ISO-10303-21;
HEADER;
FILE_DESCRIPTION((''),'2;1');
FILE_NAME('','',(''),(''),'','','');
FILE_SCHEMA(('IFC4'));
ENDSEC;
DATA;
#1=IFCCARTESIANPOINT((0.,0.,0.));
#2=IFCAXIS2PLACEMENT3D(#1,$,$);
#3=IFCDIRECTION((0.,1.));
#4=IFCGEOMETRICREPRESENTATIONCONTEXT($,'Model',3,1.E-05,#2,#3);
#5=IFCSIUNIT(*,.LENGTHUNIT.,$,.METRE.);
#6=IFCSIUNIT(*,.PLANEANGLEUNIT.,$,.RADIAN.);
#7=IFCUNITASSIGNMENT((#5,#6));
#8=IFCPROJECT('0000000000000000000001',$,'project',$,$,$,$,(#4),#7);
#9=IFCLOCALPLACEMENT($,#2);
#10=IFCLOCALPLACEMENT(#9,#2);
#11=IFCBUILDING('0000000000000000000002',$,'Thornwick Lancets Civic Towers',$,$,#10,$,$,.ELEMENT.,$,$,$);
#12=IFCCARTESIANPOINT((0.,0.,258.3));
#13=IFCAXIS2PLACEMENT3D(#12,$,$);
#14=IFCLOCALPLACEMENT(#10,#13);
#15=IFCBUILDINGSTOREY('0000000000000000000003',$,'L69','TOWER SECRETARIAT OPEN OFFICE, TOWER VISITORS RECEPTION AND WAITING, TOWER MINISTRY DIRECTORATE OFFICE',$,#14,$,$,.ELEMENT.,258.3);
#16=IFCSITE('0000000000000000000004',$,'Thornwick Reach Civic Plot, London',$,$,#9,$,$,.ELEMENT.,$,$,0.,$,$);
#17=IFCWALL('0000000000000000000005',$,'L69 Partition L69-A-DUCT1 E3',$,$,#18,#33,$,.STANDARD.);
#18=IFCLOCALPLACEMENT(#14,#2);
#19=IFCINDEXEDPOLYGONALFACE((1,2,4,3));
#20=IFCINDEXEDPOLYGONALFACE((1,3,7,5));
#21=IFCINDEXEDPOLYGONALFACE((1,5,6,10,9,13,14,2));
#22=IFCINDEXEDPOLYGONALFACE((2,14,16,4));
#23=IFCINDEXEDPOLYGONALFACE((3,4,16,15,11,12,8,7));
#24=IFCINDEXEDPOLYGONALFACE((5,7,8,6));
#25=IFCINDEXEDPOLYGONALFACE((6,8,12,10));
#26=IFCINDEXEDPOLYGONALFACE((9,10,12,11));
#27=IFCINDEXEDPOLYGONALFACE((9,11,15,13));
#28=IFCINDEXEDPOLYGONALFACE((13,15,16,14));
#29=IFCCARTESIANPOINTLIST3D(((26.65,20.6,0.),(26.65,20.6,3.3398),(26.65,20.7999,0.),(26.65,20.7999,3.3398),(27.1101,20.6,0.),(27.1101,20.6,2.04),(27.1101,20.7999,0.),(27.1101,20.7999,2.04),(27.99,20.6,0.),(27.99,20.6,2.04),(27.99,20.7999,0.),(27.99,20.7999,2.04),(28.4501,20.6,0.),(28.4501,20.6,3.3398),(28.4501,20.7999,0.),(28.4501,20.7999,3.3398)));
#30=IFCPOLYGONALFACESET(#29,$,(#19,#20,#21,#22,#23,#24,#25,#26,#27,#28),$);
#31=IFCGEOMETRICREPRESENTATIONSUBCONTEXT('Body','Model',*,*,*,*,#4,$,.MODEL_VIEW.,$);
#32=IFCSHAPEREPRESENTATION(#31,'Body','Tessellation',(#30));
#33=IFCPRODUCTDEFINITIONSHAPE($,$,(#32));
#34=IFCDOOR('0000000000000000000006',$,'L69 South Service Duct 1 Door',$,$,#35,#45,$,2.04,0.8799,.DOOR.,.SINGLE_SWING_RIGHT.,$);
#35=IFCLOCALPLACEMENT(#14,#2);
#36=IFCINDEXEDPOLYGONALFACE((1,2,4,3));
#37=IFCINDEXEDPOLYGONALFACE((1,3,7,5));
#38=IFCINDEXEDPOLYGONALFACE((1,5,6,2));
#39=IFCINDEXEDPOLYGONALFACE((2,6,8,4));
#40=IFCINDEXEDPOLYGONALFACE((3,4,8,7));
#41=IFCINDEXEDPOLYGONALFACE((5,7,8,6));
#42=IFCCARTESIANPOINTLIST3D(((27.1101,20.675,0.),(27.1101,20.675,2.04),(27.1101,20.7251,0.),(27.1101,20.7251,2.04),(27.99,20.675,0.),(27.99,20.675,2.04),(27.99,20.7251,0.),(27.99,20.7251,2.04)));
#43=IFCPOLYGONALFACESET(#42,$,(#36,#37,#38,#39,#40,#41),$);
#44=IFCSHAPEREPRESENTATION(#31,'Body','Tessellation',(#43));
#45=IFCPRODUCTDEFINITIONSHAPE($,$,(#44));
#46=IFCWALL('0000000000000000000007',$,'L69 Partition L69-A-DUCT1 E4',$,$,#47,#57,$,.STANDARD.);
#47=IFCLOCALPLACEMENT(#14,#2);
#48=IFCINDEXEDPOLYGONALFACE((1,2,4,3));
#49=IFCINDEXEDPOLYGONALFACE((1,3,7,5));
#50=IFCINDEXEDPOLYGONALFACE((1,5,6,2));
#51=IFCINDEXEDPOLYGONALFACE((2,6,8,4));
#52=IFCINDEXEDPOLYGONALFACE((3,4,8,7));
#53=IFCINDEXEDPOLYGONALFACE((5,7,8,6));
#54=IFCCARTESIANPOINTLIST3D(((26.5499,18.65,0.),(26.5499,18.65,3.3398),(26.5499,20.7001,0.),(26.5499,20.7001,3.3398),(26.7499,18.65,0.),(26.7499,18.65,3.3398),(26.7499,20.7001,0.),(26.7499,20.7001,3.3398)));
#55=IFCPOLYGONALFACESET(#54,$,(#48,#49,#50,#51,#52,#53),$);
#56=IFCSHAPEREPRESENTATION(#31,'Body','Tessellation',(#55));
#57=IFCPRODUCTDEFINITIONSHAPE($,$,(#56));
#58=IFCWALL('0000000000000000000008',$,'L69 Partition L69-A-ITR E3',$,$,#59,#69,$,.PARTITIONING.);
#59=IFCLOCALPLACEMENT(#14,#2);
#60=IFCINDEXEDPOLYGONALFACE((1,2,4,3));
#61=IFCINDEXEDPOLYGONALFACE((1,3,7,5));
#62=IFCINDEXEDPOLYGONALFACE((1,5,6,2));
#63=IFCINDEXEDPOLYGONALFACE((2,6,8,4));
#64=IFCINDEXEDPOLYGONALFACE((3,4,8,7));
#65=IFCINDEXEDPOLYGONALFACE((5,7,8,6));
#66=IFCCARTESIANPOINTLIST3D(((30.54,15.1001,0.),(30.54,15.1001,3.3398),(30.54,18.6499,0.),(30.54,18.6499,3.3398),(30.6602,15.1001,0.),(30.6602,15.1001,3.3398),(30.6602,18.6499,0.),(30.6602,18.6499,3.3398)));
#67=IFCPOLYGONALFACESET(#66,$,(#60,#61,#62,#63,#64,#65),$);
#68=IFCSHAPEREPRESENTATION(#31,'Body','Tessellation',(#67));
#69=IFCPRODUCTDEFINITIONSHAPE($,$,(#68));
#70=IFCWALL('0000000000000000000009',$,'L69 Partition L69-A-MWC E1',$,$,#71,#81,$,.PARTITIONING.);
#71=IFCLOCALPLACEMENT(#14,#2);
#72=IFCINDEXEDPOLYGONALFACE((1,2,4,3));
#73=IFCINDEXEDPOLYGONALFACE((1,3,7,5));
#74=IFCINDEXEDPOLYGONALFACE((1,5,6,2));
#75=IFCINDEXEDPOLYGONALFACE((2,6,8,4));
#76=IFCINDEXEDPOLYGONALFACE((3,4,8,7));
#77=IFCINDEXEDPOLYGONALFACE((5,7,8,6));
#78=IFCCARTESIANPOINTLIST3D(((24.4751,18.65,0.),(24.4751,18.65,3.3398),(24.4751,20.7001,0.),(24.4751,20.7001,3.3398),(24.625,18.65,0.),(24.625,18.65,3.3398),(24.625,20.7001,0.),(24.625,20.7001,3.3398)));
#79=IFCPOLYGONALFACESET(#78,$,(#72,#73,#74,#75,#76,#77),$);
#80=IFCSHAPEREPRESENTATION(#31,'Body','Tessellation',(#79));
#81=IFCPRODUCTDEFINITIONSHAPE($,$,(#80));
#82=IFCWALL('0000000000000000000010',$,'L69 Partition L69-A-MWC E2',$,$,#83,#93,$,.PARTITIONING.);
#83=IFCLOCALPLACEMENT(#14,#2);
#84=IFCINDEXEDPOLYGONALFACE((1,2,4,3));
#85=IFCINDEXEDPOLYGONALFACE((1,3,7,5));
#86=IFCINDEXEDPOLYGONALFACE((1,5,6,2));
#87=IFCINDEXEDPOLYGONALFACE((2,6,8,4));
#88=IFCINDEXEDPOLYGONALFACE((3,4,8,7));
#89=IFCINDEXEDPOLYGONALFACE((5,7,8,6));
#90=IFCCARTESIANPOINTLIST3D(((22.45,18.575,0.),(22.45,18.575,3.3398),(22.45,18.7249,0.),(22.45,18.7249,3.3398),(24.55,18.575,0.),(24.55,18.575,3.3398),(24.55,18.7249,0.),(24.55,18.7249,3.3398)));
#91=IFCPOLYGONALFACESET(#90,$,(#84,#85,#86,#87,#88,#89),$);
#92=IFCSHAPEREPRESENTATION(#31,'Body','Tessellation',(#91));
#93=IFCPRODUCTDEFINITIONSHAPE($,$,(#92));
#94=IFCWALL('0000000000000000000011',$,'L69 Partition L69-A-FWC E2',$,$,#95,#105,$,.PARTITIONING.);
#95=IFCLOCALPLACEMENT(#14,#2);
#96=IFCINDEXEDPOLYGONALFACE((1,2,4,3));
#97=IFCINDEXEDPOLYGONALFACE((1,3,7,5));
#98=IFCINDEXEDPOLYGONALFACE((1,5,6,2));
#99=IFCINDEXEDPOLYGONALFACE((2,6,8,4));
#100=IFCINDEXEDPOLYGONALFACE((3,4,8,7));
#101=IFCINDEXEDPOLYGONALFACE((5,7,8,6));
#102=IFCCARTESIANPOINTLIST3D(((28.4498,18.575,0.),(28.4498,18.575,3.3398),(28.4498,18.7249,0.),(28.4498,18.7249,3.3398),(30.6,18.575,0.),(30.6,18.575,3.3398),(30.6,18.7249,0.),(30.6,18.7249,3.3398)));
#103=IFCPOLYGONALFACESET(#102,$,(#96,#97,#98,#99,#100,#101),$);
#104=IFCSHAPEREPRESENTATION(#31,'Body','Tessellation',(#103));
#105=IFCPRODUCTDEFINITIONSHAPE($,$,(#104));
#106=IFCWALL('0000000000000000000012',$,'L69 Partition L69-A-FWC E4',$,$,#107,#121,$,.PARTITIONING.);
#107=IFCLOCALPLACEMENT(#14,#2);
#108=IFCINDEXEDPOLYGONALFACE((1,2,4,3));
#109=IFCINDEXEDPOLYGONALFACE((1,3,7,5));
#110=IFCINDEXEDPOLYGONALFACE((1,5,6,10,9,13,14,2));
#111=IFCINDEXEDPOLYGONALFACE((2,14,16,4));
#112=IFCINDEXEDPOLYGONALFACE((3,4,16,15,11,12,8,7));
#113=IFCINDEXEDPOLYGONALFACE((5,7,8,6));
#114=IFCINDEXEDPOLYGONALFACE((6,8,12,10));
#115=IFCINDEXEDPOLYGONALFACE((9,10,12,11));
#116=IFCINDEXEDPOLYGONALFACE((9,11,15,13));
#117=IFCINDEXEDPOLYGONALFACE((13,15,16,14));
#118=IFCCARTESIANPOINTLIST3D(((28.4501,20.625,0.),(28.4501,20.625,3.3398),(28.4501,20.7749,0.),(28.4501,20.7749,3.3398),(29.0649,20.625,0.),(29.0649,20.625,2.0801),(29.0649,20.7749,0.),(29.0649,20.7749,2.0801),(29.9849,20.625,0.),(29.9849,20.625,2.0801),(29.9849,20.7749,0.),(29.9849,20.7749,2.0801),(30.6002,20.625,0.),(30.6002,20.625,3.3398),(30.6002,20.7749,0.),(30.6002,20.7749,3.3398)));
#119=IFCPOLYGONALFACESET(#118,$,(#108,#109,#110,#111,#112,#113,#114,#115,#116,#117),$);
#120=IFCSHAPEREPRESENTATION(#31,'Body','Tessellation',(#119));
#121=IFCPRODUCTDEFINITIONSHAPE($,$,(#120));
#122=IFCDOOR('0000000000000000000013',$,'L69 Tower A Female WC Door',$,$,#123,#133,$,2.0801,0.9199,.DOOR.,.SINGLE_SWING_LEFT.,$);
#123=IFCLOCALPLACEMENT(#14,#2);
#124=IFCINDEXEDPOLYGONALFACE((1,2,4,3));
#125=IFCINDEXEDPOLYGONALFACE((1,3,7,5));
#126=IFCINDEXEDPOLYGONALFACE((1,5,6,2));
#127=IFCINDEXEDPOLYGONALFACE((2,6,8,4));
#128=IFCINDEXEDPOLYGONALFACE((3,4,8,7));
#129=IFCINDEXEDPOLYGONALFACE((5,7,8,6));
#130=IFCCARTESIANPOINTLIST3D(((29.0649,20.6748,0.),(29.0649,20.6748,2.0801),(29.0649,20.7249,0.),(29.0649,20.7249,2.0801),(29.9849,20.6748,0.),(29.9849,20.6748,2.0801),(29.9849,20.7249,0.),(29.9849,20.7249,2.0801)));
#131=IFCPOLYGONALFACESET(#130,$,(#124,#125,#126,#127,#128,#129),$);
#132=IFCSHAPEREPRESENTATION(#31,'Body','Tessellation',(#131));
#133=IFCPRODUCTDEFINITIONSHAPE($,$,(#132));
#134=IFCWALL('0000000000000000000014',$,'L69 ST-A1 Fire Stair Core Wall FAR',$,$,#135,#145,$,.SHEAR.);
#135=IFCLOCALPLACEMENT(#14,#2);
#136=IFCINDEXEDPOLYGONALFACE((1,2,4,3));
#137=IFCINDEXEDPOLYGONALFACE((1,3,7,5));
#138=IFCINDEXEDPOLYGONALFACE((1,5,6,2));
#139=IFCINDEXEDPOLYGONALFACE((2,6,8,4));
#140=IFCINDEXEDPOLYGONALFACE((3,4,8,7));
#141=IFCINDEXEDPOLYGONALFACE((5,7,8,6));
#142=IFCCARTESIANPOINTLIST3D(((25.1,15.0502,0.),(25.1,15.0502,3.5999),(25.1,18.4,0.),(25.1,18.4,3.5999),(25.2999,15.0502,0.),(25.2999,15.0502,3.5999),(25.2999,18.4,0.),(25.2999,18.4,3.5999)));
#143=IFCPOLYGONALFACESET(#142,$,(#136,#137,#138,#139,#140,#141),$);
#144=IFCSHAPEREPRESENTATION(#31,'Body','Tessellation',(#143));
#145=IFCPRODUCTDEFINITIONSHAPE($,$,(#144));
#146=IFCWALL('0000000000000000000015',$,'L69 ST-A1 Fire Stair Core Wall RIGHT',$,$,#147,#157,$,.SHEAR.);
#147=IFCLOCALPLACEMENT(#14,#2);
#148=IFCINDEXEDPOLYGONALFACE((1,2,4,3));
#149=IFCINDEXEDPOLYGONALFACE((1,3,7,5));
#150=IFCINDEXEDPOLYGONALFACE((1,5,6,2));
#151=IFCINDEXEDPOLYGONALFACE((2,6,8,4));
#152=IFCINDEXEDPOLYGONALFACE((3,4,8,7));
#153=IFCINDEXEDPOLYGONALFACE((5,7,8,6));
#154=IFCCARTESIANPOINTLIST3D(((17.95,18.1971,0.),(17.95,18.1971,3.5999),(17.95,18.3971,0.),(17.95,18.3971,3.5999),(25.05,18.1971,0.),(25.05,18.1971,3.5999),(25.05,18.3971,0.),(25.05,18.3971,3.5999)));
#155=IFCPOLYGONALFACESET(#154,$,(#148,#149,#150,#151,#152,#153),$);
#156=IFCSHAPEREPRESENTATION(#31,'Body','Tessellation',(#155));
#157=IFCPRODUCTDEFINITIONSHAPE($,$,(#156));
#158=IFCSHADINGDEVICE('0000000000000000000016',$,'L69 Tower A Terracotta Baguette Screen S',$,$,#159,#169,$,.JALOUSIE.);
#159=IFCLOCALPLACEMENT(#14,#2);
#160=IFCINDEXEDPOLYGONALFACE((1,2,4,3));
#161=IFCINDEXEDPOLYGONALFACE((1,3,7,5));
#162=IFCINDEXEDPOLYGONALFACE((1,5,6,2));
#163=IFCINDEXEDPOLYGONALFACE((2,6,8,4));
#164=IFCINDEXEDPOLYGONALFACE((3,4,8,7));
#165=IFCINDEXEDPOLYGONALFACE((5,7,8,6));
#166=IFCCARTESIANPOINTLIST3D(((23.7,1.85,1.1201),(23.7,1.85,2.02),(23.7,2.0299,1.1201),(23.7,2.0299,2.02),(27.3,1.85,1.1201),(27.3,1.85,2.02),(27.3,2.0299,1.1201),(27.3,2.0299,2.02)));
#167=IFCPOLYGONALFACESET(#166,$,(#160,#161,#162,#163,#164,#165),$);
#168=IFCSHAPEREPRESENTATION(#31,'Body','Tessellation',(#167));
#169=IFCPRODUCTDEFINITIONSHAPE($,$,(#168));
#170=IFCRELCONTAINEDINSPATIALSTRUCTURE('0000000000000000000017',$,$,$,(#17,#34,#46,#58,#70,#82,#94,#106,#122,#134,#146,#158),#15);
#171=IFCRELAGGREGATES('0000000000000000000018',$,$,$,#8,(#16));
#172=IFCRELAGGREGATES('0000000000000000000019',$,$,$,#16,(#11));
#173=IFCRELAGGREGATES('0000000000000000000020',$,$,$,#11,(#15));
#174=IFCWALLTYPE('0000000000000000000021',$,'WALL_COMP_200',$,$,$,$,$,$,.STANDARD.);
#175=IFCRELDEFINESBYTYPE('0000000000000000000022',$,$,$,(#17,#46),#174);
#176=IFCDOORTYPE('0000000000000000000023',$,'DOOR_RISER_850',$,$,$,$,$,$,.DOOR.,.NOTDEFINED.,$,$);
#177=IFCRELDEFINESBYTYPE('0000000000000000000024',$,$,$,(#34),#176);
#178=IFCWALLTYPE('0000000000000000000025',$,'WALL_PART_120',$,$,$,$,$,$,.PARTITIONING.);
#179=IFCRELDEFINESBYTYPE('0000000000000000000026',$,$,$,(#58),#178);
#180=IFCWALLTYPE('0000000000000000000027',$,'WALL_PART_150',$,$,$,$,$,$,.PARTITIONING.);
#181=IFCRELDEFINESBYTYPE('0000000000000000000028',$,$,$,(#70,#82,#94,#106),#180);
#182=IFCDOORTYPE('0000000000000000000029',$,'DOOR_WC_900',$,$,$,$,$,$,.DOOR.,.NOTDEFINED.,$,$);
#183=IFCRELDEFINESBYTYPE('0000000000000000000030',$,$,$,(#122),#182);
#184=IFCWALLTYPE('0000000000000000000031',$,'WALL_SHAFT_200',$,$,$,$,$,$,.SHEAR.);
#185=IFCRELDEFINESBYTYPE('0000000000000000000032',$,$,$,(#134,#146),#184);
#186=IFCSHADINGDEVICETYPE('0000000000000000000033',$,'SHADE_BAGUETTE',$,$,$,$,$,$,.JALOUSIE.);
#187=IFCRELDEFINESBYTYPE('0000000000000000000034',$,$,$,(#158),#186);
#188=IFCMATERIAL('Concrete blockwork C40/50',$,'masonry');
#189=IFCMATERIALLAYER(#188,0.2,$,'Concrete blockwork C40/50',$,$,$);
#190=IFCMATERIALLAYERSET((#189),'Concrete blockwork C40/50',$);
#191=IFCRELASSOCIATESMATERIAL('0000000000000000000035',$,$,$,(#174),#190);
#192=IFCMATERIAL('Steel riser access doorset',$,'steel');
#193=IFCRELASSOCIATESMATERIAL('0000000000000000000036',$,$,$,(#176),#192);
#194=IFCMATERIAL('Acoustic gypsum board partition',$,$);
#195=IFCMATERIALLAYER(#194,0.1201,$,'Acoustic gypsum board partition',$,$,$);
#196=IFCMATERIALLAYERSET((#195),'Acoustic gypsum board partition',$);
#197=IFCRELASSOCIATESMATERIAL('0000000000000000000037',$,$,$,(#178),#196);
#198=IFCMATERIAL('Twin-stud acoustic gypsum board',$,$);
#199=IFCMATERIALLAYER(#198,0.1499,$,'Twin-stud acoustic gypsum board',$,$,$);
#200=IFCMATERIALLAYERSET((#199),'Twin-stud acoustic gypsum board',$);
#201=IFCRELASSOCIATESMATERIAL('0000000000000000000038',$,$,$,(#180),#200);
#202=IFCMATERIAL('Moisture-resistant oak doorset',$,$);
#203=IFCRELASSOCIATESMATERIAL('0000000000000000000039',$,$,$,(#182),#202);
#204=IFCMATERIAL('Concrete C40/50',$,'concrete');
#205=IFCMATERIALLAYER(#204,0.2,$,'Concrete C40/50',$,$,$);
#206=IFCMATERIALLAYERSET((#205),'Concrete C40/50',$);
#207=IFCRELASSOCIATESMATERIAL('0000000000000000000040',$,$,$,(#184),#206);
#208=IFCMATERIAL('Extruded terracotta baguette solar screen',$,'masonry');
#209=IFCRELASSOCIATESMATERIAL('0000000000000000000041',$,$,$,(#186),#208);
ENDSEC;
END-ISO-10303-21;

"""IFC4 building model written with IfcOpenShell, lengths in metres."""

from ifc_helpers import new_model, si_unit, direction, frame, frame_2d, origin, origin_2d, place, context, subcontext, project, spatial, rectangle, extrude, material, layer, layer_set, type_object, element, fill, save


model = new_model("IFC4")

# Units and contexts
model_context = context("Model", 3, precision=1e-05, world=origin(), true_north=direction((0.0, 1.0)))
body_context = subcontext(model_context, "Body", "Model", "MODEL_VIEW")
ifc_project = project(units=[si_unit("LENGTHUNIT", "METRE"), si_unit("PLANEANGLEUNIT", "RADIAN")], contexts=[model_context])

# Site, building, storey
site_placement = place(None, origin())
site = spatial("IfcSite", under=ifc_project, at=site_placement, Name="Thornwick Reach Civic Plot, London", CompositionType="ELEMENT", RefElevation=0.0)
building_placement = place(site_placement, origin())
building = spatial("IfcBuilding", under=site, at=building_placement, Name="Thornwick Lancets Civic Towers", CompositionType="ELEMENT")
storey_placement = place(building_placement, frame((0.0, 0.0, 258.3)))
storey = spatial("IfcBuildingStorey", under=building, at=storey_placement, Name="L69", Description="TOWER SECRETARIAT OPEN OFFICE, TOWER VISITORS RECEPTION AND WAITING, TOWER MINISTRY DIRECTORATE OFFICE", CompositionType="ELEMENT", Elevation=258.3)

# Shared definitions
ifc_material_1 = material(Name="Concrete blockwork C40/50", Category="masonry")
ifc_layer_1 = layer(ifc_material_1, 0.2, Name="Concrete blockwork C40/50")
ifc_layer_set_1 = layer_set([ifc_layer_1], Name="Concrete blockwork C40/50")
wall_type_1 = type_object("IfcWallType", Name="WALL_COMP_200", PredefinedType="STANDARD", material=ifc_layer_set_1)

# Wall, opening, door
wall_1_placement = place(storey_placement, frame((28.45, 20.7, 0.0), z_axis=(0.0, 0.0, 1.0), x_axis=(-1.0, 0.0, 0.0)))
wall_1 = element("IfcWall", 1, at=wall_1_placement, inside=storey, type_object=wall_type_1, Name="L69 Partition L69-A-DUCT1 E3", PredefinedType="STANDARD", context=body_context, shape_type="SweptSolid", body=[
    extrude(rectangle(XDim=1.8, YDim=0.2, at=frame_2d((0.8999, 0.0))), origin(), (0.0, 0.0, 1.0), 3.3398),
])
opening_1_placement = place(wall_1_placement, frame((0.46, 0.0, 0.0)))
opening_1 = element("IfcOpeningElement", 2, at=opening_1_placement, cuts=wall_1, PredefinedType="OPENING", context=body_context, shape_type="SweptSolid", body=[
    extrude(rectangle(XDim=0.8799, YDim=2.04, at=frame_2d((0.4399, 1.02))), frame((0.0, 0.1099, 0.0), z_axis=(0.0, -1.0, 0.0), x_axis=(1.0, 0.0, 0.0)), (0.0, 0.0, 1.0), 0.22),
])
ifc_material_2 = material(Name="Steel riser access doorset", Category="steel")
door_type_1 = type_object("IfcDoorType", Name="DOOR_RISER_850", OperationType="NOTDEFINED", PredefinedType="DOOR", material=ifc_material_2)
door_1_placement = place(opening_1_placement, origin())
door_1 = element("IfcDoor", 3, at=door_1_placement, inside=storey, type_object=door_type_1, Name="L69 South Service Duct 1 Door", OperationType="SINGLE_SWING_RIGHT", OverallHeight=2.04, OverallWidth=0.8799, PredefinedType="DOOR", context=body_context, shape_type="SweptSolid", body=[
    extrude(rectangle(XDim=0.8799, YDim=2.04, at=frame_2d((0.4399, 1.02))), frame((0.0, 0.0249, 0.0), z_axis=(0.0, -1.0, 0.0), x_axis=(1.0, 0.0, 0.0)), (0.0, 0.0, 1.0), 0.05),
])
fill(opening_1, door_1)

# Walls
wall_2_placement = place(storey_placement, frame((26.6499, 20.7, 0.0), z_axis=(0.0, 0.0, 1.0), x_axis=(0.0, -1.0, 0.0)))
element("IfcWall", 4, at=wall_2_placement, inside=storey, type_object=wall_type_1, Name="L69 Partition L69-A-DUCT1 E4", PredefinedType="STANDARD", context=body_context, shape_type="SweptSolid", body=[
    extrude(rectangle(XDim=2.05, YDim=0.2, at=frame_2d((1.0249, 0.0))), origin(), (0.0, 0.0, 1.0), 3.3398),
])
ifc_material_3 = material(Name="Acoustic gypsum board partition")
ifc_layer_2 = layer(ifc_material_3, 0.1201, Name="Acoustic gypsum board partition")
ifc_layer_set_2 = layer_set([ifc_layer_2], Name="Acoustic gypsum board partition")
wall_type_2 = type_object("IfcWallType", Name="WALL_PART_120", PredefinedType="PARTITIONING", material=ifc_layer_set_2)
wall_3_placement = place(storey_placement, frame((30.6001, 15.1001, 0.0), z_axis=(0.0, 0.0, 1.0), x_axis=(0.0, 1.0, 0.0)))
element("IfcWall", 5, at=wall_3_placement, inside=storey, type_object=wall_type_2, Name="L69 Partition L69-A-ITR E3", PredefinedType="PARTITIONING", context=body_context, shape_type="SweptSolid", body=[
    extrude(rectangle(XDim=3.5498, YDim=0.1201, at=frame_2d((1.7749, 0.0))), origin(), (0.0, 0.0, 1.0), 3.3398),
])
ifc_material_4 = material(Name="Twin-stud acoustic gypsum board")
ifc_layer_3 = layer(ifc_material_4, 0.1499, Name="Twin-stud acoustic gypsum board")
ifc_layer_set_3 = layer_set([ifc_layer_3], Name="Twin-stud acoustic gypsum board")
wall_type_3 = type_object("IfcWallType", Name="WALL_PART_150", PredefinedType="PARTITIONING", material=ifc_layer_set_3)
wall_4_placement = place(storey_placement, frame((24.55, 20.7, 0.0), z_axis=(0.0, 0.0, 1.0), x_axis=(0.0, -1.0, 0.0)))
element("IfcWall", 6, at=wall_4_placement, inside=storey, type_object=wall_type_3, Name="L69 Partition L69-A-MWC E1", PredefinedType="PARTITIONING", context=body_context, shape_type="SweptSolid", body=[
    extrude(rectangle(XDim=2.05, YDim=0.1499, at=frame_2d((1.0249, 0.0))), origin(), (0.0, 0.0, 1.0), 3.3398),
])
wall_5_placement = place(storey_placement, frame((24.55, 18.6499, 0.0), z_axis=(0.0, 0.0, 1.0), x_axis=(-1.0, 0.0, 0.0)))
element("IfcWall", 7, at=wall_5_placement, inside=storey, type_object=wall_type_3, Name="L69 Partition L69-A-MWC E2", PredefinedType="PARTITIONING", context=body_context, shape_type="SweptSolid", body=[
    extrude(rectangle(XDim=2.1001, YDim=0.1499, at=frame_2d((1.05, 0.0))), origin(), (0.0, 0.0, 1.0), 3.3398),
])
wall_6_placement = place(storey_placement, frame((30.6001, 18.6499, 0.0), z_axis=(0.0, 0.0, 1.0), x_axis=(-1.0, 0.0, 0.0)))
element("IfcWall", 8, at=wall_6_placement, inside=storey, type_object=wall_type_3, Name="L69 Partition L69-A-FWC E2", PredefinedType="PARTITIONING", context=body_context, shape_type="SweptSolid", body=[
    extrude(rectangle(XDim=2.1501, YDim=0.1499, at=frame_2d((1.0752, 0.0))), origin(), (0.0, 0.0, 1.0), 3.3398),
])

# Wall, opening, door
wall_7_placement = place(storey_placement, frame((28.45, 20.7, 0.0), z_axis=(0.0, 0.0, 1.0), x_axis=(1.0, 0.0, 0.0)))
wall_7 = element("IfcWall", 9, at=wall_7_placement, inside=storey, type_object=wall_type_3, Name="L69 Partition L69-A-FWC E4", PredefinedType="PARTITIONING", context=body_context, shape_type="SweptSolid", body=[
    extrude(rectangle(XDim=2.1501, YDim=0.1499, at=frame_2d((1.0752, 0.0))), origin(), (0.0, 0.0, 1.0), 3.3398),
])
opening_2_placement = place(wall_7_placement, frame((0.615, 0.0, 0.0)))
opening_2 = element("IfcOpeningElement", 10, at=opening_2_placement, cuts=wall_7, PredefinedType="OPENING", context=body_context, shape_type="SweptSolid", body=[
    extrude(rectangle(XDim=0.9199, YDim=2.0801, at=frame_2d((0.46, 1.04))), frame((0.0, 0.085, 0.0), z_axis=(0.0, -1.0, 0.0), x_axis=(1.0, 0.0, 0.0)), (0.0, 0.0, 1.0), 0.1699),
])
ifc_material_5 = material(Name="Moisture-resistant oak doorset")
door_type_2 = type_object("IfcDoorType", Name="DOOR_WC_900", OperationType="NOTDEFINED", PredefinedType="DOOR", material=ifc_material_5)
door_2_placement = place(opening_2_placement, origin())
door_2 = element("IfcDoor", 11, at=door_2_placement, inside=storey, type_object=door_type_2, Name="L69 Tower A Female WC Door", OperationType="SINGLE_SWING_LEFT", OverallHeight=2.0801, OverallWidth=0.9199, PredefinedType="DOOR", context=body_context, shape_type="SweptSolid", body=[
    extrude(rectangle(XDim=0.9199, YDim=2.0801, at=frame_2d((0.46, 1.04))), frame((0.0, 0.0249, 0.0), z_axis=(0.0, -1.0, 0.0), x_axis=(1.0, 0.0, 0.0)), (0.0, 0.0, 1.0), 0.05),
])
fill(opening_2, door_2)

# Walls
ifc_material_6 = material(Name="Concrete C40/50", Category="concrete")
ifc_layer_4 = layer(ifc_material_6, 0.2, Name="Concrete C40/50")
ifc_layer_set_4 = layer_set([ifc_layer_4], Name="Concrete C40/50")
wall_type_4 = type_object("IfcWallType", Name="WALL_SHAFT_200", PredefinedType="SHEAR", material=ifc_layer_set_4)
wall_8_placement = place(storey_placement, frame((25.2, 18.3999, 0.0), z_axis=(0.0, 0.0, 1.0), x_axis=(0.0, -1.0, 0.0)))
element("IfcWall", 12, at=wall_8_placement, inside=storey, type_object=wall_type_4, Name="L69 ST-A1 Fire Stair Core Wall FAR", PredefinedType="SHEAR", context=body_context, shape_type="SweptSolid", body=[
    extrude(rectangle(XDim=3.3499, YDim=0.2, at=frame_2d((1.6748, 0.0))), origin(), (0.0, 0.0, 1.0), 3.5999),
])
wall_9_placement = place(storey_placement, frame((25.05, 18.2971, 0.0), z_axis=(0.0, 0.0, 1.0), x_axis=(-1.0, 0.0, 0.0)))
element("IfcWall", 13, at=wall_9_placement, inside=storey, type_object=wall_type_4, Name="L69 ST-A1 Fire Stair Core Wall RIGHT", PredefinedType="SHEAR", context=body_context, shape_type="SweptSolid", body=[
    extrude(rectangle(XDim=7.1001, YDim=0.2, at=frame_2d((3.55, 0.0))), origin(), (0.0, 0.0, 1.0), 3.5999),
])

# Shading device
ifc_material_7 = material(Name="Extruded terracotta baguette solar screen", Category="masonry")
shading_device_type = type_object("IfcShadingDeviceType", Name="SHADE_BAGUETTE", PredefinedType="JALOUSIE", material=ifc_material_7)
shading_device_placement = place(storey_placement, frame((25.5, 1.9399, 1.1201), z_axis=(0.0, 0.0, 1.0), x_axis=(1.0, 0.0, 0.0)))
element("IfcShadingDevice", 14, at=shading_device_placement, inside=storey, type_object=shading_device_type, Name="L69 Tower A Terracotta Baguette Screen S", PredefinedType="JALOUSIE", context=body_context, shape_type="SweptSolid", body=[
    extrude(rectangle(XDim=3.6001, YDim=0.1799, at=origin_2d()), origin(), (0.0, 0.0, 1.0), 0.8999),
])

save(model, "model.ifc")
